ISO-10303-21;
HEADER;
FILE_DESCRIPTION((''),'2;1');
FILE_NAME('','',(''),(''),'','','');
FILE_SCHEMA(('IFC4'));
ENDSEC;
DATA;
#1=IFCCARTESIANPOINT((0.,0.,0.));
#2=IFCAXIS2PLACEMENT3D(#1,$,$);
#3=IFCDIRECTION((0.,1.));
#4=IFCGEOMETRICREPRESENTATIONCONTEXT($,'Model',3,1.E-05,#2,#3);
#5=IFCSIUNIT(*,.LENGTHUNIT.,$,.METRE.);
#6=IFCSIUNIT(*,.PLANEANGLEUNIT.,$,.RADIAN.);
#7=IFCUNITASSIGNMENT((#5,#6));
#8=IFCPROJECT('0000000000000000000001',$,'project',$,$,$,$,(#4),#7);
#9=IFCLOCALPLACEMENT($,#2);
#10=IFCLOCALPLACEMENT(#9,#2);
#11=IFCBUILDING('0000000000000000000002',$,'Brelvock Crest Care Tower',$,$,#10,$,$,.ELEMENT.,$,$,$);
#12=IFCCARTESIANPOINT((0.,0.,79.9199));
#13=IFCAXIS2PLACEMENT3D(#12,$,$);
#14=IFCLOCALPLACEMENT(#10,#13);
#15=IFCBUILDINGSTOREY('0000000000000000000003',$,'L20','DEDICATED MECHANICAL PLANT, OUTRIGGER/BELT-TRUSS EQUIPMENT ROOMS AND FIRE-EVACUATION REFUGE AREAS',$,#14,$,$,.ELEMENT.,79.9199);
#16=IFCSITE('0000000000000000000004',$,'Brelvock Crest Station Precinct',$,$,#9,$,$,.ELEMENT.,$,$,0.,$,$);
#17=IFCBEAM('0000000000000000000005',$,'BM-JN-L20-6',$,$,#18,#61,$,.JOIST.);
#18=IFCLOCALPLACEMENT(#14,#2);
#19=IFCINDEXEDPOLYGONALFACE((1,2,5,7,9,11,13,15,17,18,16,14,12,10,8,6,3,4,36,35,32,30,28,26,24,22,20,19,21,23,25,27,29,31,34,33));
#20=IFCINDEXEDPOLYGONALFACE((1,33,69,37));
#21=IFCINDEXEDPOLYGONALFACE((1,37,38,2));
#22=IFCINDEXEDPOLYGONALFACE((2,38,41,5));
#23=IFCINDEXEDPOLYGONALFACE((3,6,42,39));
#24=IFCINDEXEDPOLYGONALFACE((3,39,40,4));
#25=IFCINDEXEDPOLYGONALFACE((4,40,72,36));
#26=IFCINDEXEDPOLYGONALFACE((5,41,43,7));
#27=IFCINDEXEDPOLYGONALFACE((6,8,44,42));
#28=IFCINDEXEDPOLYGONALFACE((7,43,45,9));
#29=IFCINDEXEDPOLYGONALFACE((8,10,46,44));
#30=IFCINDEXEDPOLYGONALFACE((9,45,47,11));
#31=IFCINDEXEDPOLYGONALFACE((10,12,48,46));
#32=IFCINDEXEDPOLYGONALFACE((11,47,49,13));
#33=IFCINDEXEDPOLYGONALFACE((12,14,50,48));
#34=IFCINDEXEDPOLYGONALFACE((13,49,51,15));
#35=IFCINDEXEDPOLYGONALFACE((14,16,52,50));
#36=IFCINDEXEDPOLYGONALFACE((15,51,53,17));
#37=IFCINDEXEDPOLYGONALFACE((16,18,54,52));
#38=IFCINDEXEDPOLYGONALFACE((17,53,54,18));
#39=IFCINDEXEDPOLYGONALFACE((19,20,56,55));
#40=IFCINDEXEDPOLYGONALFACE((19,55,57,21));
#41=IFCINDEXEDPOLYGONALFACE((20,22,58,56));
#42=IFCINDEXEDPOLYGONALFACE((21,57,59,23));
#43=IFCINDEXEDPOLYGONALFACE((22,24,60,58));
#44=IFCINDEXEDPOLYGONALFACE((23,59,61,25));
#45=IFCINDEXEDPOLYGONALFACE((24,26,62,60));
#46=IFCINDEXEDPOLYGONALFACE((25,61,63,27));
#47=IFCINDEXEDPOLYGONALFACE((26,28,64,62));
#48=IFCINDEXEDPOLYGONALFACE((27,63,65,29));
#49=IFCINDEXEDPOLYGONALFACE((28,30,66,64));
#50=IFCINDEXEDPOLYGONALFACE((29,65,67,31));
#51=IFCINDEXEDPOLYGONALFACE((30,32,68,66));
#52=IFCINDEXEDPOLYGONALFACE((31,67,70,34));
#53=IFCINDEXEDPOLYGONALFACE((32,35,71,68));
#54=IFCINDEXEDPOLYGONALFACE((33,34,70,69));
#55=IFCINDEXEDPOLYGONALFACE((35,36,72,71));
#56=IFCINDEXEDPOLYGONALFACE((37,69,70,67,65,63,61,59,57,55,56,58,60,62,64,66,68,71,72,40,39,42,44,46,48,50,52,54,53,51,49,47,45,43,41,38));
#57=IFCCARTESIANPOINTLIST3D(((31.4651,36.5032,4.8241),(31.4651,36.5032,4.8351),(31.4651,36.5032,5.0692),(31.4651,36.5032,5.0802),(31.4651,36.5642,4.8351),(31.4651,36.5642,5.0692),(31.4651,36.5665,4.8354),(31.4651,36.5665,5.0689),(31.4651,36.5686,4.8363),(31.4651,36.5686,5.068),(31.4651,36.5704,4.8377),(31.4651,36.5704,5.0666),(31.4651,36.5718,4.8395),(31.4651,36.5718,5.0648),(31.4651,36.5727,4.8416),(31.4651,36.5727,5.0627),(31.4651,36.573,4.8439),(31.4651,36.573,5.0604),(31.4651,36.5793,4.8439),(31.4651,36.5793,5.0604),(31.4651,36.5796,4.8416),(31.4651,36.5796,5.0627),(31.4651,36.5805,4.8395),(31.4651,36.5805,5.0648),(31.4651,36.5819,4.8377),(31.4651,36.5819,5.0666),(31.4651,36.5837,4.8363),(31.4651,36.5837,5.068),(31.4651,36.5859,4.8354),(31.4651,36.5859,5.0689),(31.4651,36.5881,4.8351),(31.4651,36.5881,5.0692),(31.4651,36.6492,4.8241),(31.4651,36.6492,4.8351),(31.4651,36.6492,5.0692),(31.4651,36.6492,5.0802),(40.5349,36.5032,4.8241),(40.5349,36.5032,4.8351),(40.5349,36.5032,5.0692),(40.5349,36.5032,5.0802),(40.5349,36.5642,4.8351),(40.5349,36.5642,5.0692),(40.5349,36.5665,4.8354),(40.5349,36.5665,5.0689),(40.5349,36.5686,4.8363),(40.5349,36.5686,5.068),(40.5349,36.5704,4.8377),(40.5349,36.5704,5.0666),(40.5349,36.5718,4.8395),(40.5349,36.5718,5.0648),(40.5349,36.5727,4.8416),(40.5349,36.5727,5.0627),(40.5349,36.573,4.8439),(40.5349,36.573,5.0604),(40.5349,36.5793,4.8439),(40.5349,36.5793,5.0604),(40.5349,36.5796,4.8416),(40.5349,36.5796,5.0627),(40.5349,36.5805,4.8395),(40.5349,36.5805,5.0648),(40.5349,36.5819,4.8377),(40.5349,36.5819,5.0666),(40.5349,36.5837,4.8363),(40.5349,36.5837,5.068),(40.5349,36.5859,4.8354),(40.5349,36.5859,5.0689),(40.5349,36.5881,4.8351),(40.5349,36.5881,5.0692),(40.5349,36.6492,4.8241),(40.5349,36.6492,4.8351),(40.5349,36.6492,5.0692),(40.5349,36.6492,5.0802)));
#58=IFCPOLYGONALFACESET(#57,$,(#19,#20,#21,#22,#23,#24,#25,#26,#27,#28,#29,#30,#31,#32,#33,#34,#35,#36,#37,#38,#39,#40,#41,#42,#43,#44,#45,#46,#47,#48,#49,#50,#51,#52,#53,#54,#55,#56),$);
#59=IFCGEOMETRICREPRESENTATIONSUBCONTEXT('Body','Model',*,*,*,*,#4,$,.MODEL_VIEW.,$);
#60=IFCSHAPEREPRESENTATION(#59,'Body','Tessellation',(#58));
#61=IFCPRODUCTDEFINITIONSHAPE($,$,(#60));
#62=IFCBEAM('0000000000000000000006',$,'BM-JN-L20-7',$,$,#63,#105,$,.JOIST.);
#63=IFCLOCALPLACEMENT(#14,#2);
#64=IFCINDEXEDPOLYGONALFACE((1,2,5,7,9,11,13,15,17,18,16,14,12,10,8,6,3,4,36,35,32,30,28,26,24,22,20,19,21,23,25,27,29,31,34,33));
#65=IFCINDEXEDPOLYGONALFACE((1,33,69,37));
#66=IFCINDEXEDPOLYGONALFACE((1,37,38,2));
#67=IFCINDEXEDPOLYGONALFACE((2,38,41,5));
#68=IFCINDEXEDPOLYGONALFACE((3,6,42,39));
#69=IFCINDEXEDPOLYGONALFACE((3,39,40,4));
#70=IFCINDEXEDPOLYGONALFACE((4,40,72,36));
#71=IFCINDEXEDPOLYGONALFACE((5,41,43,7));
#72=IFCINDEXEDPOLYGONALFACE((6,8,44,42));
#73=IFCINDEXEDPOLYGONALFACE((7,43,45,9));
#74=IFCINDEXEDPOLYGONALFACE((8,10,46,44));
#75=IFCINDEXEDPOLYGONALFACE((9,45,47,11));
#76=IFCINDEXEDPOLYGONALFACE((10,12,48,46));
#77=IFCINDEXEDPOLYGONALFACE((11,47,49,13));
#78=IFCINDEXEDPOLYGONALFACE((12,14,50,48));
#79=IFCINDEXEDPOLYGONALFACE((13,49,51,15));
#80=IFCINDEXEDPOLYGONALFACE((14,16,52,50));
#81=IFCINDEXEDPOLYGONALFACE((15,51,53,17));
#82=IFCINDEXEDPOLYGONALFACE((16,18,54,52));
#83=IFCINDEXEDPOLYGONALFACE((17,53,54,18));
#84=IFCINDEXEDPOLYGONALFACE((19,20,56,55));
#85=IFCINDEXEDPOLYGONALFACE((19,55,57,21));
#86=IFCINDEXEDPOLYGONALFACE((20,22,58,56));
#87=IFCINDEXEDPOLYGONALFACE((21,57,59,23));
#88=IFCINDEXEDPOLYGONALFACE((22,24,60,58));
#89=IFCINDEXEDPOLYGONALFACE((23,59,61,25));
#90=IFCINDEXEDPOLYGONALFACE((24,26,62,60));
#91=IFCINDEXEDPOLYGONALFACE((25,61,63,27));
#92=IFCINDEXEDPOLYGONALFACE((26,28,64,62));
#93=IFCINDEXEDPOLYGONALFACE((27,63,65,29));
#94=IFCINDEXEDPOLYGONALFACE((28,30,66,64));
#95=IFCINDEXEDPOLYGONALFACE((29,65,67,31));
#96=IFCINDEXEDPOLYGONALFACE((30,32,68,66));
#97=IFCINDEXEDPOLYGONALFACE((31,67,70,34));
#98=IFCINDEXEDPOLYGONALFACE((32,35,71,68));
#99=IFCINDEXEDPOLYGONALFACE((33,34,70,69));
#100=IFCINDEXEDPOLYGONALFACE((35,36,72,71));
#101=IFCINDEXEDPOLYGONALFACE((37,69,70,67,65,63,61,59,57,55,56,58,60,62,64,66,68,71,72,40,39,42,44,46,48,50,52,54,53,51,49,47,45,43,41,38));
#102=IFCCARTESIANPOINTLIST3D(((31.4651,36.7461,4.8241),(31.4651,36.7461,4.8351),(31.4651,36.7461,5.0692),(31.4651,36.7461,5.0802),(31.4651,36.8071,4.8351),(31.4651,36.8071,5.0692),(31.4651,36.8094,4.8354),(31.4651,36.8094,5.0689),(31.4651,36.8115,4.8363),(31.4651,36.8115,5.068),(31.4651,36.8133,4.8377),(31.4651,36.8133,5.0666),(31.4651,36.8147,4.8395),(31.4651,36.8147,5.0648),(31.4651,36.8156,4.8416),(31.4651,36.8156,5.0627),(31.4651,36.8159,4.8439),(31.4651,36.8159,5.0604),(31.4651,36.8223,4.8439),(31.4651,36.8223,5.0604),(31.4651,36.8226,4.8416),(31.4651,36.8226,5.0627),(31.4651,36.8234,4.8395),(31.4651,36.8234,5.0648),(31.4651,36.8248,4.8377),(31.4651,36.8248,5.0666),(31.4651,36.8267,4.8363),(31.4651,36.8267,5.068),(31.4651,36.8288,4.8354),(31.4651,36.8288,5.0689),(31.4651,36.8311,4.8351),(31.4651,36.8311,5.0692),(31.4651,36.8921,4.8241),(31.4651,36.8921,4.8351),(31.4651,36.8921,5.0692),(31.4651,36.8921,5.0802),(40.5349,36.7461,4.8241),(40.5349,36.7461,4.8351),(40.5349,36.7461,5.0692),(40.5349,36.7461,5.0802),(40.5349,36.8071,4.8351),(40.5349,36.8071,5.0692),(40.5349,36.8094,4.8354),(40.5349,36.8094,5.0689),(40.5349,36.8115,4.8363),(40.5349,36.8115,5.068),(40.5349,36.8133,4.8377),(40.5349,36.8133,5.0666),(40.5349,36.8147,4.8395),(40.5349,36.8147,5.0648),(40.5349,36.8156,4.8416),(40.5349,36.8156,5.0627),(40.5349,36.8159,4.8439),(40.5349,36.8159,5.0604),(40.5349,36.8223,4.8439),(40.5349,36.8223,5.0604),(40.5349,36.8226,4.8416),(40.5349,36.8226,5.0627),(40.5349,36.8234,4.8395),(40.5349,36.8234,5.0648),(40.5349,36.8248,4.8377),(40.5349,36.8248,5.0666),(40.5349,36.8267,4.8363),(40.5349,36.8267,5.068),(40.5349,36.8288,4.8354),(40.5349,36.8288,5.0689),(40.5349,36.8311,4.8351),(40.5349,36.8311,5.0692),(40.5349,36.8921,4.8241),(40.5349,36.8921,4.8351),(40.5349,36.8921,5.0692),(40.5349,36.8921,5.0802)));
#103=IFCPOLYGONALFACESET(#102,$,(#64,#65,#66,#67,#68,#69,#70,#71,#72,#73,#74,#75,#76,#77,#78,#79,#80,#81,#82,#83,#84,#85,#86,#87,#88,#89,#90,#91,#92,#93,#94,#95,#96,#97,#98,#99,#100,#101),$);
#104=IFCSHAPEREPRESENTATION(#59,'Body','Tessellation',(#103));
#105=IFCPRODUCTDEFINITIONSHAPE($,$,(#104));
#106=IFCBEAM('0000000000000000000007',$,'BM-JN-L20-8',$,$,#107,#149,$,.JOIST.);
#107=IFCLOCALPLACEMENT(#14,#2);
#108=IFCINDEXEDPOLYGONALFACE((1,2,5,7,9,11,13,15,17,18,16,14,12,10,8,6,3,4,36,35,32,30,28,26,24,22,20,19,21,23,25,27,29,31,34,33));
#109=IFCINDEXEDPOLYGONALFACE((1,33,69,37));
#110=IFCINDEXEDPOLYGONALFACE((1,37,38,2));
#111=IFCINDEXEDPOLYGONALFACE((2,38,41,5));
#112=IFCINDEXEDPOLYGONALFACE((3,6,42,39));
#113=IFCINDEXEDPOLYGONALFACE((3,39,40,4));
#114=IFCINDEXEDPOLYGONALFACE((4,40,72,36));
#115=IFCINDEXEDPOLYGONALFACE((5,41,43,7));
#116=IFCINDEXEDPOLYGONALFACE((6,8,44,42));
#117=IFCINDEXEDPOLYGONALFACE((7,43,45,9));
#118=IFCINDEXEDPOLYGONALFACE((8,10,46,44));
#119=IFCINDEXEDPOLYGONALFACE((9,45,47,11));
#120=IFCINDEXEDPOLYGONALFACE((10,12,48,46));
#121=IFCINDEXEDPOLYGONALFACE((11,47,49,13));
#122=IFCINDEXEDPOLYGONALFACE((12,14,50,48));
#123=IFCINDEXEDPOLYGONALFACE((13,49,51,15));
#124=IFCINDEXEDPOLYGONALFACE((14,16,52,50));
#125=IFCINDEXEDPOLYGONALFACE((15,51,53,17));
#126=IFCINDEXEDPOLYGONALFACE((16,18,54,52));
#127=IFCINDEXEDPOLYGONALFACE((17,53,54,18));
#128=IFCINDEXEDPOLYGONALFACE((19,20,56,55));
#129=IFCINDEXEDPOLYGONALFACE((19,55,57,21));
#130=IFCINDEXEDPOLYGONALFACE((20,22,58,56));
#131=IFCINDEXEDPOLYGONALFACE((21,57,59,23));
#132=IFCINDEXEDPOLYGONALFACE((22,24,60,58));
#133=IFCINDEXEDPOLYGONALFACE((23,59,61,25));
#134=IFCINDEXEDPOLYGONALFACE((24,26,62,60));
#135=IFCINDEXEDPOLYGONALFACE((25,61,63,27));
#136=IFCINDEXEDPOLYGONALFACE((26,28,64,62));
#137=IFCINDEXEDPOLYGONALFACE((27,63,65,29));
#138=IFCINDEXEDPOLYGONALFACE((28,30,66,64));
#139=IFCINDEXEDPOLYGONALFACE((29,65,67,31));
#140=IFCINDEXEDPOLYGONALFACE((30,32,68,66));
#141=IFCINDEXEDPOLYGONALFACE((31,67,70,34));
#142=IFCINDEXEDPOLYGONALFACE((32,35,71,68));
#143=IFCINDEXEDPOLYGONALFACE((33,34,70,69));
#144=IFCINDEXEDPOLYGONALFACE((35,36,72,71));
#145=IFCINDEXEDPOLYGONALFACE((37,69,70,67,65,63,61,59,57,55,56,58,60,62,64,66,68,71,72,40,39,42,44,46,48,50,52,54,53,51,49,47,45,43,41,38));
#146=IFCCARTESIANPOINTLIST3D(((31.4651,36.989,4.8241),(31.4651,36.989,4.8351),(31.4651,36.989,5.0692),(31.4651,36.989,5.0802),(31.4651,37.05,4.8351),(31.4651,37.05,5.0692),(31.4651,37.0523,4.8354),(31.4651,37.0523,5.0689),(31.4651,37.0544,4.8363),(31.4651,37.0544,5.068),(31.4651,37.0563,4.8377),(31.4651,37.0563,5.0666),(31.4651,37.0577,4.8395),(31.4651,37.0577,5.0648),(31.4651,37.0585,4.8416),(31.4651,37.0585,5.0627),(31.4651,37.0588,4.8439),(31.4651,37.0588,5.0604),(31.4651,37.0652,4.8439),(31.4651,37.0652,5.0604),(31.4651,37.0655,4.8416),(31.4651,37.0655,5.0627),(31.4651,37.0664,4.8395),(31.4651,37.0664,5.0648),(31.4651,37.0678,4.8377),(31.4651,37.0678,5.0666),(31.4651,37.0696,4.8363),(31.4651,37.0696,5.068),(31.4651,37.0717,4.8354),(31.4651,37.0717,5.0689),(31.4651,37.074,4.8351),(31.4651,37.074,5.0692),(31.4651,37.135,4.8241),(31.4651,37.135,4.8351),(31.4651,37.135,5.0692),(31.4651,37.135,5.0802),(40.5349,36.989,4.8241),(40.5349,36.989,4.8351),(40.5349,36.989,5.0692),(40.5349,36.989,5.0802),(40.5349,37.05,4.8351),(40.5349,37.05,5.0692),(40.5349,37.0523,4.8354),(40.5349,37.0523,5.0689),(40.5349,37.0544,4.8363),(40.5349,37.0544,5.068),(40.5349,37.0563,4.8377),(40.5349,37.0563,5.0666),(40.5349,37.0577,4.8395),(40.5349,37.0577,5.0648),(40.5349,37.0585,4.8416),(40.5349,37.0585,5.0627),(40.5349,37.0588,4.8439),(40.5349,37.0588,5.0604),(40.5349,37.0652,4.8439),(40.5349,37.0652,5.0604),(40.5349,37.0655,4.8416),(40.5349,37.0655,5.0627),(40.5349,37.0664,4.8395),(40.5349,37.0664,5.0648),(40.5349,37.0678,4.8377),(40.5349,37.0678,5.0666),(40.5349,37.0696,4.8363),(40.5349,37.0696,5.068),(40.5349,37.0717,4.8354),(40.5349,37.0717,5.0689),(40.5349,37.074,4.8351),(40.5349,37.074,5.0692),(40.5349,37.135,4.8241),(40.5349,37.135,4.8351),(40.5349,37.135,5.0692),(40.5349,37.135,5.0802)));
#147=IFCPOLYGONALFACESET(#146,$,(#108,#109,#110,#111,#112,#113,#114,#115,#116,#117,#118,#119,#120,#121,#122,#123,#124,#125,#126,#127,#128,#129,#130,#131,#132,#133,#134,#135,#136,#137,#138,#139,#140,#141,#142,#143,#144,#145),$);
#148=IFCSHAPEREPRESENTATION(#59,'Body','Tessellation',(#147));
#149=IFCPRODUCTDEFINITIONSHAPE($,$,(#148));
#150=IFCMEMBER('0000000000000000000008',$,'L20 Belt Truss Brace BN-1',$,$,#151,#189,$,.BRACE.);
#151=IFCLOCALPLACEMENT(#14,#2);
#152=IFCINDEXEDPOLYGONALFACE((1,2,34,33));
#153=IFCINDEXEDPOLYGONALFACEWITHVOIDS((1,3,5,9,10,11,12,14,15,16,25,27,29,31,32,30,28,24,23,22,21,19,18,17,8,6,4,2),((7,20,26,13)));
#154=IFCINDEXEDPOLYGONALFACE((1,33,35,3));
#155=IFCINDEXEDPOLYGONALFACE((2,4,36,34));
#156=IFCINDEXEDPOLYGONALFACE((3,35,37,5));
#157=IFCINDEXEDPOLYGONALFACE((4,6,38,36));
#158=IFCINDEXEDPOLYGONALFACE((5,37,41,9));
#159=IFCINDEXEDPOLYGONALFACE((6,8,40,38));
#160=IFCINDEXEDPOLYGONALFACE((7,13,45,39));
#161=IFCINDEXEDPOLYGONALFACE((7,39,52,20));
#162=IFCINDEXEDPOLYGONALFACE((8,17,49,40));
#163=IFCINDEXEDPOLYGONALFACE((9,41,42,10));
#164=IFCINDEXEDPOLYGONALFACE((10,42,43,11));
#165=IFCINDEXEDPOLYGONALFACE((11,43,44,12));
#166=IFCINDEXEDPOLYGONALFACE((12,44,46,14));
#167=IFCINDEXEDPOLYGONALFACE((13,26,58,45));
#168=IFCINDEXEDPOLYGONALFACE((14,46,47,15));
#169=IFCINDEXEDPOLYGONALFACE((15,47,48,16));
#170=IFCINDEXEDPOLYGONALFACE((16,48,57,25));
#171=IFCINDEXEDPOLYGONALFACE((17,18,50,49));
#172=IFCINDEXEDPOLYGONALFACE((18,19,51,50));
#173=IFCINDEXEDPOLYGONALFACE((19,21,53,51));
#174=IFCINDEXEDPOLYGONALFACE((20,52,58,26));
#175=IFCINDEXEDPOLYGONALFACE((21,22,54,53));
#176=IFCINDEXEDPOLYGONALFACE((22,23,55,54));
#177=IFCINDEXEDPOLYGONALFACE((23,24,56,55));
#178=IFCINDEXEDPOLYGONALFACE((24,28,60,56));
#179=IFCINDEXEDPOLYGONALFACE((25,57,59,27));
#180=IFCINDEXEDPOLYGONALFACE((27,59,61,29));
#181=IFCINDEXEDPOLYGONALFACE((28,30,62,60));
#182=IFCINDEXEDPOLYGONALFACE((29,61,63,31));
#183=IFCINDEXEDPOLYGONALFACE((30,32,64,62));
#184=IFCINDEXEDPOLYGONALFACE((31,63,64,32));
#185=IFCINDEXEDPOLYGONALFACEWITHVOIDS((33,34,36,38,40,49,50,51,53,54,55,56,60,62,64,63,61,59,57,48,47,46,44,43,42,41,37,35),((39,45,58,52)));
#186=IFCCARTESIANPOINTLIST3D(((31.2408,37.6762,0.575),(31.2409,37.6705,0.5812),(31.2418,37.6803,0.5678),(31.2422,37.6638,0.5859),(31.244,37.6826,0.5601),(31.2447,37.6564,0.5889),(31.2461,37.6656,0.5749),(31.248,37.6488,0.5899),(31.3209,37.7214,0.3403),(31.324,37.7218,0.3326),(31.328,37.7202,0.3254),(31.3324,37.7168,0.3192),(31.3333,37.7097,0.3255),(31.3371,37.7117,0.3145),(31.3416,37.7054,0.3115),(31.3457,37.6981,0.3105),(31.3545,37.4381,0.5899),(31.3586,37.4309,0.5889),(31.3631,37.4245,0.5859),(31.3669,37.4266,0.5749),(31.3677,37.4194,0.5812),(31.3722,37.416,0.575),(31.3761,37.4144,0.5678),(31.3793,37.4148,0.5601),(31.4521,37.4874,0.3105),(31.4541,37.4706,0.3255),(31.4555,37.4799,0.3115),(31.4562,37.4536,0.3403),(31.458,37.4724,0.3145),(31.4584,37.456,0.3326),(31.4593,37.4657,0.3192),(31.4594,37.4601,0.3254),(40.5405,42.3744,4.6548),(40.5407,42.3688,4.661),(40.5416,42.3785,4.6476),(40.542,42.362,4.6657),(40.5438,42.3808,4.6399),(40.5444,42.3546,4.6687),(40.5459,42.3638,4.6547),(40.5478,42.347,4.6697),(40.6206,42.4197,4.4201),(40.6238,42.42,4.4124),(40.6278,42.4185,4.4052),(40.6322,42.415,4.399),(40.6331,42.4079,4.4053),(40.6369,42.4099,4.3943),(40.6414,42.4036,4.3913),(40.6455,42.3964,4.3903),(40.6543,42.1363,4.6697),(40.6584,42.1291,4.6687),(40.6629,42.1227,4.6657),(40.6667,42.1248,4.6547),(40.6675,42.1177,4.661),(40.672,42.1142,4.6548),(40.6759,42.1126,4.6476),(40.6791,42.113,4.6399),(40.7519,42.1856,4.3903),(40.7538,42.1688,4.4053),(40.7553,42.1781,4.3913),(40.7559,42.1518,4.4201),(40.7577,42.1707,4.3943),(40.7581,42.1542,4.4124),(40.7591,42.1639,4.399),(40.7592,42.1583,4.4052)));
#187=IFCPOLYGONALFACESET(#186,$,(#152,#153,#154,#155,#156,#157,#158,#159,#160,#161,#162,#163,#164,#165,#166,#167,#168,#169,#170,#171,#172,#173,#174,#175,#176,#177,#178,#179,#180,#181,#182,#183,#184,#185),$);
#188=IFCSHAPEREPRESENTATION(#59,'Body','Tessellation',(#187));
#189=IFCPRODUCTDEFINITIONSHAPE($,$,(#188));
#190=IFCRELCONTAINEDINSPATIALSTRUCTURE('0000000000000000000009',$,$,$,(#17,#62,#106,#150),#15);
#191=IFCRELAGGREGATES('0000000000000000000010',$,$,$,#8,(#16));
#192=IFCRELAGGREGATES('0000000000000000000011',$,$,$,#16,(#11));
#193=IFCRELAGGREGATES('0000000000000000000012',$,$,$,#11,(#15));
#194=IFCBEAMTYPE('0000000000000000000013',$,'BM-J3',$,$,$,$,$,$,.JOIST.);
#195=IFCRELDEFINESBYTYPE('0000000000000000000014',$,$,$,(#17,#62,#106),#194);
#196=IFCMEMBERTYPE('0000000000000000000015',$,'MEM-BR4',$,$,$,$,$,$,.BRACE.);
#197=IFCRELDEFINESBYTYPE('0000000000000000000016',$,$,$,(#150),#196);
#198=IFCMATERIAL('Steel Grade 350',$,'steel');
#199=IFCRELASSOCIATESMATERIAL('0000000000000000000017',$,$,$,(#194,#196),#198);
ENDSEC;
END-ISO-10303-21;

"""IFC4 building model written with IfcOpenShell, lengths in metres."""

from ifc_helpers import new_model, si_unit, direction, frame, origin, origin_2d, place, context, subcontext, project, spatial, hollow_rectangle, i_section, extrude, source, transform, mapped, material, material_profile, profile_set, type_object, element, save


model = new_model("IFC4")

# Units and contexts
model_context = context("Model", 3, precision=1e-05, world=origin(), true_north=direction((0.0, 1.0)))
body_context = subcontext(model_context, "Body", "Model", "MODEL_VIEW")
ifc_project = project(units=[si_unit("LENGTHUNIT", "METRE"), si_unit("PLANEANGLEUNIT", "RADIAN")], contexts=[model_context])

# Site, building, storey
site_placement = place(None, origin())
site = spatial("IfcSite", under=ifc_project, at=site_placement, Name="Brelvock Crest Station Precinct", CompositionType="ELEMENT", RefElevation=0.0)
building_placement = place(site_placement, origin())
building = spatial("IfcBuilding", under=site, at=building_placement, Name="Brelvock Crest Care Tower", CompositionType="ELEMENT")
storey_placement = place(building_placement, frame((0.0, 0.0, 79.9199)))
storey = spatial("IfcBuildingStorey", under=building, at=storey_placement, Name="L20", Description="DEDICATED MECHANICAL PLANT, OUTRIGGER/BELT-TRUSS EQUIPMENT ROOMS AND FIRE-EVACUATION REFUGE AREAS", CompositionType="ELEMENT", Elevation=79.9199)

# Shared definitions
ifc_material = material(Name="Steel Grade 350", Category="steel")

# Beams
ifc_material_profile_1 = material_profile(ifc_material, i_section(OverallWidth=0.146, OverallDepth=0.2561, WebThickness=0.0063, FlangeThickness=0.011, FilletRadius=0.0088, at=origin_2d()), Name="250UB37.3")
ifc_profile_set_1 = profile_set([ifc_material_profile_1], Name="Steel Grade 350")
beam_type_1 = type_object("IfcBeamType", Name="BM-J3", PredefinedType="JOIST", material=ifc_profile_set_1)
shared_shape_1 = source(origin(), body_context, "Body", "SweptSolid", [
    extrude(i_section(OverallWidth=0.146, OverallDepth=0.2561, WebThickness=0.0063, FlangeThickness=0.011, FilletRadius=0.0088, at=origin_2d()), origin(), (0.0, 0.0, 1.0), 9.0698),
])
for number, where, z_axis, x_axis, name in (
    (1, (31.4651, 36.5762, 4.9521), (1.0, 0.0, 0.0), (0.0, 1.0, 0.0), "BM-JN-L20-6"),
    (2, (31.4651, 36.8191, 4.9521), (1.0, 0.0, 0.0), (0.0, 1.0, 0.0), "BM-JN-L20-7"),
    (3, (31.4651, 37.062, 4.9521), (1.0, 0.0, 0.0), (0.0, 1.0, 0.0), "BM-JN-L20-8"),
):
    element("IfcBeam", number, at=place(storey_placement, frame(where, z_axis=z_axis, x_axis=x_axis)), inside=storey, type_object=beam_type_1, Name=name, PredefinedType="JOIST", context=body_context, shape_type="MappedRepresentation", body=[
        mapped(shared_shape_1, transform((0.0, 0.0, 0.0), x_axis=(1.0, 0.0, 0.0), y_axis=(0.0, 1.0, 0.0), z_axis=(0.0, 0.0, 1.0), scale=1.0)),
    ])

# Member
ifc_material_profile_2 = material_profile(ifc_material, hollow_rectangle(XDim=0.3, YDim=0.3, WallThickness=0.0161, OuterFilletRadius=0.032, at=origin_2d()), Name="SHS300x300x16.0")
ifc_profile_set_2 = profile_set([ifc_material_profile_2], Name="Steel Grade 350")
member_type = type_object("IfcMemberType", Name="MEM-BR4", PredefinedType="BRACE", material=ifc_profile_set_2)
shared_shape_2 = source(origin(), body_context, "Body", "SweptSolid", [
    extrude(hollow_rectangle(XDim=0.3, YDim=0.3, WallThickness=0.0161, OuterFilletRadius=0.032, at=origin_2d()), origin(), (0.0, 0.0, 1.0), 11.1895),
])
member_placement = place(storey_placement, frame((31.3501, 37.5681, 0.4502), z_axis=(0.831119, 0.41988, 0.364613), x_axis=(-0.450921, 0.892564, 0.0)))
element("IfcMember", 4, at=member_placement, inside=storey, type_object=member_type, Name="L20 Belt Truss Brace BN-1", PredefinedType="BRACE", context=body_context, shape_type="MappedRepresentation", body=[
    mapped(shared_shape_2, transform((0.0, 0.0, 0.0), x_axis=(1.0, 0.0, 0.0), y_axis=(0.0, 1.0, 0.0), z_axis=(0.0, 0.0, 1.0), scale=1.0)),
])

save(model, "model.ifc")
